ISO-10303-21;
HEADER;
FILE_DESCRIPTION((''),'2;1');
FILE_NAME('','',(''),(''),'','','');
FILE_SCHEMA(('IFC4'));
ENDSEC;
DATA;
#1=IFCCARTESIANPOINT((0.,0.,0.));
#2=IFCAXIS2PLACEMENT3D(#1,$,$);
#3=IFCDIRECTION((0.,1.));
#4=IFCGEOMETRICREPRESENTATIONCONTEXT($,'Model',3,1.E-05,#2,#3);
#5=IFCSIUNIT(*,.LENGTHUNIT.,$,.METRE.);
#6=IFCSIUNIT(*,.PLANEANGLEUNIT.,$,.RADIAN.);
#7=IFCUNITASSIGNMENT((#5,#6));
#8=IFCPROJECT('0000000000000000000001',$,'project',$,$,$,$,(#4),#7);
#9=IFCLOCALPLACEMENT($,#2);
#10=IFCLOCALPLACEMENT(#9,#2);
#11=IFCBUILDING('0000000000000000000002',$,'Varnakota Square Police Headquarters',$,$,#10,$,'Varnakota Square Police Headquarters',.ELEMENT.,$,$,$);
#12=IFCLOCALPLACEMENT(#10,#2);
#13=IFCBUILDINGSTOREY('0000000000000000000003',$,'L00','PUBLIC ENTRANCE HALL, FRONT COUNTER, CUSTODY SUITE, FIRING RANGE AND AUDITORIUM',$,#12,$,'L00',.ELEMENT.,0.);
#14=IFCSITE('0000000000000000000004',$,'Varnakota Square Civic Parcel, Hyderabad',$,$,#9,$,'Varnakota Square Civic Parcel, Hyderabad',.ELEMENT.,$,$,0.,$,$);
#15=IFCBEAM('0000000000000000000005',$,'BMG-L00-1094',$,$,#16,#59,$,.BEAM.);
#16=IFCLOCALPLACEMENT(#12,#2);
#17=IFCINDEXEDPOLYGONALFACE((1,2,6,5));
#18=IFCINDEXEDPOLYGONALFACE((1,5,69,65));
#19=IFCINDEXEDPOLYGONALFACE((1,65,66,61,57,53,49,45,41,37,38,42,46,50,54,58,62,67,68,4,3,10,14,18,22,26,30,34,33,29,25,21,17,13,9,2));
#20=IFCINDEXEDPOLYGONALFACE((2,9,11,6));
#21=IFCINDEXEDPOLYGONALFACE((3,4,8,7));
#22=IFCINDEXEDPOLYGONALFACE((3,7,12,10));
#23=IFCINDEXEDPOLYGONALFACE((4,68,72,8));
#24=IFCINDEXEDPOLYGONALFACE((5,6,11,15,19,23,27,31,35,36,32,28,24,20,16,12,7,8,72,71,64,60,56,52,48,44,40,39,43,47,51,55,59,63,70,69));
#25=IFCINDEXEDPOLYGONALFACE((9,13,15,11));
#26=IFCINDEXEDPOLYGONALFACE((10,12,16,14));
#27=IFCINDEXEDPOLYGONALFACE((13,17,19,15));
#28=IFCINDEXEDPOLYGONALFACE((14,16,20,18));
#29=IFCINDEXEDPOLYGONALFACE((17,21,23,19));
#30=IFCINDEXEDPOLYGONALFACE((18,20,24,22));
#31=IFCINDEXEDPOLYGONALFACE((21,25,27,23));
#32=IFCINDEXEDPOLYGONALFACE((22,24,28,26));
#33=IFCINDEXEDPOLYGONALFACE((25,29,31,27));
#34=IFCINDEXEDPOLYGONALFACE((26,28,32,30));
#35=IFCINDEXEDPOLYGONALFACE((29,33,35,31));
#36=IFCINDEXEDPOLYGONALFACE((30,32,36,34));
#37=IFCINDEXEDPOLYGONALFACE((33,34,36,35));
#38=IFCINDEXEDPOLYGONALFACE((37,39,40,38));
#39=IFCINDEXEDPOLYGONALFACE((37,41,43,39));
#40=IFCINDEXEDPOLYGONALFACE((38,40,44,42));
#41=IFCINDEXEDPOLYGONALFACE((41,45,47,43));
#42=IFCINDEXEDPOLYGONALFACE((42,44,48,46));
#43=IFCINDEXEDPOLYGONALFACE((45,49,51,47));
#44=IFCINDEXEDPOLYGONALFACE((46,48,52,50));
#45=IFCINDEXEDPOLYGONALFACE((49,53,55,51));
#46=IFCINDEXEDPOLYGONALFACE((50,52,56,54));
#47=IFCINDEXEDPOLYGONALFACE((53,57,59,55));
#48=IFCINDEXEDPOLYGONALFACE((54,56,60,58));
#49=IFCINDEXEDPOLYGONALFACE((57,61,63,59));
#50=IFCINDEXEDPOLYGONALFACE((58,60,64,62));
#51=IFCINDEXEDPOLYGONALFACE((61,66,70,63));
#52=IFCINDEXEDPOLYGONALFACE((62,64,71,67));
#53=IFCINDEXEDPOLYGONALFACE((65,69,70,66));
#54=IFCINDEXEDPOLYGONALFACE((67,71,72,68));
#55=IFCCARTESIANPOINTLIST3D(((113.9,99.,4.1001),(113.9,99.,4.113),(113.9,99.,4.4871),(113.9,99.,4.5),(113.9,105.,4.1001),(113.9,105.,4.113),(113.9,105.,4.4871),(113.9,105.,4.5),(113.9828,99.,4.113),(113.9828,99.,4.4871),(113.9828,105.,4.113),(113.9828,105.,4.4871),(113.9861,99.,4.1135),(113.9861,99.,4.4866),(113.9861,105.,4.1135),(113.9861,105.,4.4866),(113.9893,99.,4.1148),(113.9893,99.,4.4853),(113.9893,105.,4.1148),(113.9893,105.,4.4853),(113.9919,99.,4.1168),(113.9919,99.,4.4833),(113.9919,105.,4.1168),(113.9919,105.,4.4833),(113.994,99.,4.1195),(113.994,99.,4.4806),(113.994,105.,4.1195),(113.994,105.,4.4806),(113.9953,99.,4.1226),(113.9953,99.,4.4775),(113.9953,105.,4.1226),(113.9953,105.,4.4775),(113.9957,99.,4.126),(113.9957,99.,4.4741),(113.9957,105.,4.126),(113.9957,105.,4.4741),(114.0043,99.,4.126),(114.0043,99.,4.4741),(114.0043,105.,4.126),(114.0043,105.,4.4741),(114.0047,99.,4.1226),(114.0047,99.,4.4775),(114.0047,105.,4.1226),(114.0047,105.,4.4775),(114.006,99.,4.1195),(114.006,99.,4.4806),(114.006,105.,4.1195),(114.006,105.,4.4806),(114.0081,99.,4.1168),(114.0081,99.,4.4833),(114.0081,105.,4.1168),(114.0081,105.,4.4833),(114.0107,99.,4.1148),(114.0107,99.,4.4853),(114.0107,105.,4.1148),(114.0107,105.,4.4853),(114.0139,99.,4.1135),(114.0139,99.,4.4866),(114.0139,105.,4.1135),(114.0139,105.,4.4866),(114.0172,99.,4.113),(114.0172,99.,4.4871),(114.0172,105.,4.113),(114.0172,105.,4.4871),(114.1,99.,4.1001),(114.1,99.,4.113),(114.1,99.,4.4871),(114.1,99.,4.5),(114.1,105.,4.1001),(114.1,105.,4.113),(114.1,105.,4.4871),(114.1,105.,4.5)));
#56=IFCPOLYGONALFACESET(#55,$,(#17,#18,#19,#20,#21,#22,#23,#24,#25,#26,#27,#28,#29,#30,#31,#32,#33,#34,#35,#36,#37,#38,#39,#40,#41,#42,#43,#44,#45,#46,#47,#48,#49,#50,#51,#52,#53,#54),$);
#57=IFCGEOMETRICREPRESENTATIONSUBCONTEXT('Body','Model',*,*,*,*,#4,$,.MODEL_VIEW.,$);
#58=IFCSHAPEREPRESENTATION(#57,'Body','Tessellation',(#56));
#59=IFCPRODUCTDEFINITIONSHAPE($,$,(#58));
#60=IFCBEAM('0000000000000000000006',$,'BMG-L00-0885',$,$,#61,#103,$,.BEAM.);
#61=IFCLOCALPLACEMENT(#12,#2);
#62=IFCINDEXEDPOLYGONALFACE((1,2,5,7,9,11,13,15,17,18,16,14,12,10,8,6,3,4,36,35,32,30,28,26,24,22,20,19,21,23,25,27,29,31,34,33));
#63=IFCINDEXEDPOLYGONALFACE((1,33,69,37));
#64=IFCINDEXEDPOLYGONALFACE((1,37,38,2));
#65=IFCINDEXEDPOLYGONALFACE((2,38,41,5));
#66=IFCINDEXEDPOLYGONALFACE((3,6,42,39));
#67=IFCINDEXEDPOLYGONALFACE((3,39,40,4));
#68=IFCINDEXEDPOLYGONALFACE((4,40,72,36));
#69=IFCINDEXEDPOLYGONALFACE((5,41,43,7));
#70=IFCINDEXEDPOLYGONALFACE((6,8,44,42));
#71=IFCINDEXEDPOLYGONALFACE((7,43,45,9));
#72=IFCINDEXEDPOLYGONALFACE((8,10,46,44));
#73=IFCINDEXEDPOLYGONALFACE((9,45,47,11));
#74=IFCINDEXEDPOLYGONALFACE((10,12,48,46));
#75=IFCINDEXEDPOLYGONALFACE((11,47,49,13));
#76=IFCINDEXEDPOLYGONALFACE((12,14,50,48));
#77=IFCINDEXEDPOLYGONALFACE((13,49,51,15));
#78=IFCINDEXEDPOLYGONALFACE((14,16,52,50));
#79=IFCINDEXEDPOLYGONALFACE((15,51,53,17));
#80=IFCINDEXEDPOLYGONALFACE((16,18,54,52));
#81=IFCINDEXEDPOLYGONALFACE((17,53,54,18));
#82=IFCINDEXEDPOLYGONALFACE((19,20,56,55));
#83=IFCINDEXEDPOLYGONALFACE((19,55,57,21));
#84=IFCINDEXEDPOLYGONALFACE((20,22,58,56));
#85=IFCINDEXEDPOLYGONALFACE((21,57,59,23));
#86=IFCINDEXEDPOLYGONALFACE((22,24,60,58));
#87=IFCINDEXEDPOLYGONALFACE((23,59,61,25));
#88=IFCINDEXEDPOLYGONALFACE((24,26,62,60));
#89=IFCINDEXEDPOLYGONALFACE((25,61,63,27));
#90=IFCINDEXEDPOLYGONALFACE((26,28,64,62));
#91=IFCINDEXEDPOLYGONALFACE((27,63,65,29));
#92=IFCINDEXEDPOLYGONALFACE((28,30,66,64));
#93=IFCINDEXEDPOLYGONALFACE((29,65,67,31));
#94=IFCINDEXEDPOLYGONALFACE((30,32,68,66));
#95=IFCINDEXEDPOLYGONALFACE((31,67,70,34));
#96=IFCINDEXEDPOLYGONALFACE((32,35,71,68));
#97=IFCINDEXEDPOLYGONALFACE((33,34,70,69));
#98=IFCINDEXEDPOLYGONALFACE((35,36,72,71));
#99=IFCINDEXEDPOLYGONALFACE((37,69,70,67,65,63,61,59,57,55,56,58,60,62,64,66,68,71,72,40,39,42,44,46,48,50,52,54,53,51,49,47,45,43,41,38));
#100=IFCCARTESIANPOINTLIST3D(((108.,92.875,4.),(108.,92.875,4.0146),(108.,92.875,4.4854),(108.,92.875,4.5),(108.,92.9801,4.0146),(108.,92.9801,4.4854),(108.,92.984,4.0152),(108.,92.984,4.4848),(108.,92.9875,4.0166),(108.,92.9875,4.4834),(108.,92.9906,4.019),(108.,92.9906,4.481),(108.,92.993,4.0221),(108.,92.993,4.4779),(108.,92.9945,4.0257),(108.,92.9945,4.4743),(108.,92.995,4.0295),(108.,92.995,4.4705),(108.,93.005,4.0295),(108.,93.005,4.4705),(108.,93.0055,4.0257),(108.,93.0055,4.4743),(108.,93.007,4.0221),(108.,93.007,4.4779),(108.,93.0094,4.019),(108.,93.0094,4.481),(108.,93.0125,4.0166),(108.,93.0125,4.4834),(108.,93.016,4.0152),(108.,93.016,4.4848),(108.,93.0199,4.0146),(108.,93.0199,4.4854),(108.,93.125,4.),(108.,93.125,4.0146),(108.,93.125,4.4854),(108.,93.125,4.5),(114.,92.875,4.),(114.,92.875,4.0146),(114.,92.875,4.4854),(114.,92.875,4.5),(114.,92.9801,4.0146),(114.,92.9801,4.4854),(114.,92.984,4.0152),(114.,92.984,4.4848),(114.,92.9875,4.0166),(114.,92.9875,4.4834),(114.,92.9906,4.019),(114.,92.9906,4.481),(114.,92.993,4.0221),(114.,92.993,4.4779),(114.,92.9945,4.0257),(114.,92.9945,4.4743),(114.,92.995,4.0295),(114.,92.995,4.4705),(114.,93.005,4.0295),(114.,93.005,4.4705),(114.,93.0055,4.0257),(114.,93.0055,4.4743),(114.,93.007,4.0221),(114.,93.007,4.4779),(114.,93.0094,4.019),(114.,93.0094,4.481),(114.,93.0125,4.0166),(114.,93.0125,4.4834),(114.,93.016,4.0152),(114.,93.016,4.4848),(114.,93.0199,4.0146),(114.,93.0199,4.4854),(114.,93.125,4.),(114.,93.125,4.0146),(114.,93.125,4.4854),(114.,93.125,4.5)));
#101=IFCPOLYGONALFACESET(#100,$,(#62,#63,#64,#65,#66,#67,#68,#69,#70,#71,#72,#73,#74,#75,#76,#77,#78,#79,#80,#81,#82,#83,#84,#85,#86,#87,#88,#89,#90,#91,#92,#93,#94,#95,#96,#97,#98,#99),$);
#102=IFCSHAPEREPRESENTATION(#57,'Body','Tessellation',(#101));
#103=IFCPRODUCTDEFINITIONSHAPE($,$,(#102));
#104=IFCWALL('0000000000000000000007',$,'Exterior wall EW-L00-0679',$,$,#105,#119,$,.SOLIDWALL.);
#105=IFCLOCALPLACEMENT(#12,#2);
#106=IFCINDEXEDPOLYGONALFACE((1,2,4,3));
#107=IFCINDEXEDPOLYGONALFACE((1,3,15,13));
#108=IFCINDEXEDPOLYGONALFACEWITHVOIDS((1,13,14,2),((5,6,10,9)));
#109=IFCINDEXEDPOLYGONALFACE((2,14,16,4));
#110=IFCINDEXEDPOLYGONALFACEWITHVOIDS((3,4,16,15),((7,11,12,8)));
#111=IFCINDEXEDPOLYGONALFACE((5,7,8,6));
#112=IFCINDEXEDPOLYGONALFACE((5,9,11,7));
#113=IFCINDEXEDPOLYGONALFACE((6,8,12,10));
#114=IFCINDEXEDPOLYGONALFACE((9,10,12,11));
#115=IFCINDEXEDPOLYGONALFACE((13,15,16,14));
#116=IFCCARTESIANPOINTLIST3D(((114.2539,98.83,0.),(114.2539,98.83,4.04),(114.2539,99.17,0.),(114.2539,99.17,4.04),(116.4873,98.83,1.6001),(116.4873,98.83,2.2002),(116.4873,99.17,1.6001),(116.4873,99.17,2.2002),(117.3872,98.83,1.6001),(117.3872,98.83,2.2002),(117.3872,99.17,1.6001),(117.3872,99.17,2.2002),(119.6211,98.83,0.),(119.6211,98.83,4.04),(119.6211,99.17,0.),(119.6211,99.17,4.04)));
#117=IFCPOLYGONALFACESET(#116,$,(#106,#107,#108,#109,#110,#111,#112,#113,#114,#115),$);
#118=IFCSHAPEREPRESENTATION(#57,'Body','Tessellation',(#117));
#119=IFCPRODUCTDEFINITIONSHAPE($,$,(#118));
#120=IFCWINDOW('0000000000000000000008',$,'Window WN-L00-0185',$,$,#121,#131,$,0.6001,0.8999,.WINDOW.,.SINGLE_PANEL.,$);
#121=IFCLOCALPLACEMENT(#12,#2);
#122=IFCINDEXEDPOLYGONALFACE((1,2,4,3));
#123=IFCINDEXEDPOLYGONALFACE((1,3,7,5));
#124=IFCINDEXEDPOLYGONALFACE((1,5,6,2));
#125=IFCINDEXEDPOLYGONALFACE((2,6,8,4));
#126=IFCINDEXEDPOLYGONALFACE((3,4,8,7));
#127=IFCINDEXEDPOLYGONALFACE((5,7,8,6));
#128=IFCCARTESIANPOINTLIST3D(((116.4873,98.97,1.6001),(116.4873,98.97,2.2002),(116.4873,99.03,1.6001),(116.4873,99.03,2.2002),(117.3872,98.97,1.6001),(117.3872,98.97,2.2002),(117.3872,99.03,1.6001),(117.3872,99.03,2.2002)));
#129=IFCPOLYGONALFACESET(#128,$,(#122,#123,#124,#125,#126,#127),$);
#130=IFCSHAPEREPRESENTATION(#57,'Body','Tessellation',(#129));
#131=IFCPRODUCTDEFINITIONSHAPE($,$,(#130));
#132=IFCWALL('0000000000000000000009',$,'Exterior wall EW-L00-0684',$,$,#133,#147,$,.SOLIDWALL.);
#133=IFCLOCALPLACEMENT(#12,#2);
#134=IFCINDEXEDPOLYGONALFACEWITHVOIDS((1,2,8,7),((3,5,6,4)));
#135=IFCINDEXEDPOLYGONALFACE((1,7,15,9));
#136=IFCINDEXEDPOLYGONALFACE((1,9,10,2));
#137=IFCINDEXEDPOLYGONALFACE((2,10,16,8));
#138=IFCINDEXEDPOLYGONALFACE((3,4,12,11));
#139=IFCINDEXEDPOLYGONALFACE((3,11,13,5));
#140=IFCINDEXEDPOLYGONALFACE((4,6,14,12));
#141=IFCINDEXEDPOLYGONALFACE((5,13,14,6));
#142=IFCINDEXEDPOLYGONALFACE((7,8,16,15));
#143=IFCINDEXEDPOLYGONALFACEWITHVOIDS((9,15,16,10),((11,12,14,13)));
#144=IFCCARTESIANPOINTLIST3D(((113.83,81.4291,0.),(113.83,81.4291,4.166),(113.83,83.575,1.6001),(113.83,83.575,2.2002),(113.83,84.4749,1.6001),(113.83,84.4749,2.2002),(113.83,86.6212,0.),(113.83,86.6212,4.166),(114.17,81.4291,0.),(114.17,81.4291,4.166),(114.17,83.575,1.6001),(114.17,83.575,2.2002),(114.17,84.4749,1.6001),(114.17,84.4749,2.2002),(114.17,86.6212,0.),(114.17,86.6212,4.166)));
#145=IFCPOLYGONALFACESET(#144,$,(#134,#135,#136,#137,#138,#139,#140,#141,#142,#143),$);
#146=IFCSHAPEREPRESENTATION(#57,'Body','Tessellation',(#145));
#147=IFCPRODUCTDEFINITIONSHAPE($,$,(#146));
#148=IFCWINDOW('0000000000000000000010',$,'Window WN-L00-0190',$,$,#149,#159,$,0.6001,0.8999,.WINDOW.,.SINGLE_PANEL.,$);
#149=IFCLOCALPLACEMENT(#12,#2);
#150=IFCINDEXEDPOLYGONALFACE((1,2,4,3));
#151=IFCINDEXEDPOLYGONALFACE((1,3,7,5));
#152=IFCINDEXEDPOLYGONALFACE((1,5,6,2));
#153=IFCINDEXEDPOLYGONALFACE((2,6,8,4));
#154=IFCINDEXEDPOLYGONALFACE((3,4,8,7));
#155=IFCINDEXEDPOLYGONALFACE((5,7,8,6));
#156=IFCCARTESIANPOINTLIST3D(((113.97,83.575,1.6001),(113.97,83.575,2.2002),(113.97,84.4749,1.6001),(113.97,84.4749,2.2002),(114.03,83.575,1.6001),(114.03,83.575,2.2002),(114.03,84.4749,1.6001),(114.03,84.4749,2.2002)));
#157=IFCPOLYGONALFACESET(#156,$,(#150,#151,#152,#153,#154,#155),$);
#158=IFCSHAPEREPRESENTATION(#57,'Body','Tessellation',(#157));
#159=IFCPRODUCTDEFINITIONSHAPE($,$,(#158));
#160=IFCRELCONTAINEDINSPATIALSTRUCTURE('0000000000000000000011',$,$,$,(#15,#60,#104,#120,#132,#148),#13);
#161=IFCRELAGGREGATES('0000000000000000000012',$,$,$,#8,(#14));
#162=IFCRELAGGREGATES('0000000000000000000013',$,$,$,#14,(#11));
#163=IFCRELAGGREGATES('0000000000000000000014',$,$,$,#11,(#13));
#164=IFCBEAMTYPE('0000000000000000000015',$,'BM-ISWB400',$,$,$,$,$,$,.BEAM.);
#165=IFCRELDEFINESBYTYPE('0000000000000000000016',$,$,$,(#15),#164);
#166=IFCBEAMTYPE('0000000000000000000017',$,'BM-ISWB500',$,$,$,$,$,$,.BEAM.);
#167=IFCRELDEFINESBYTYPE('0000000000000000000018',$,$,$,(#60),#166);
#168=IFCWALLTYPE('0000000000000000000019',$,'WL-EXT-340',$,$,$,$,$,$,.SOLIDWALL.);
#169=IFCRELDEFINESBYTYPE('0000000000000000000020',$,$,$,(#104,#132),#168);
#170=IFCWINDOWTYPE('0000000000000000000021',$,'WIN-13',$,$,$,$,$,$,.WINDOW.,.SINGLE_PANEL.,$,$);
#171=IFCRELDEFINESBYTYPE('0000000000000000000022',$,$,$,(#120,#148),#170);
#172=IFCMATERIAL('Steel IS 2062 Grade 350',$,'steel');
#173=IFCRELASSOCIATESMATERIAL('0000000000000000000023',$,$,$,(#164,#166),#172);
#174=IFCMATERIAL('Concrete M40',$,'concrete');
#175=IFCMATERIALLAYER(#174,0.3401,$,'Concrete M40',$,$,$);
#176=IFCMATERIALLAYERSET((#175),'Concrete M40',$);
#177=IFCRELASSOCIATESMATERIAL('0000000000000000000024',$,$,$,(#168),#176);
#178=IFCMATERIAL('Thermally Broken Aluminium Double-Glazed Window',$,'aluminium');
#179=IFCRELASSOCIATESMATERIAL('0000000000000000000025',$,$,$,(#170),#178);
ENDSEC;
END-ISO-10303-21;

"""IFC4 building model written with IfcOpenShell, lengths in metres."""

from ifc_helpers import new_model, si_unit, direction, frame, frame_2d, origin, origin_2d, place, context, subcontext, project, spatial, rectangle, i_section, extrude, material, layer, layer_set, material_profile, profile_set, type_object, element, fill, save


model = new_model("IFC4")

# Units and contexts
model_context = context("Model", 3, precision=1e-05, world=origin(), true_north=direction((0.0, 1.0)))
body_context = subcontext(model_context, "Body", "Model", "MODEL_VIEW")
ifc_project = project(units=[si_unit("LENGTHUNIT", "METRE"), si_unit("PLANEANGLEUNIT", "RADIAN")], contexts=[model_context])

# Site, building, storey
site_placement = place(None, origin())
site = spatial("IfcSite", under=ifc_project, at=site_placement, Name="Varnakota Square Civic Parcel, Hyderabad", LongName="Varnakota Square Civic Parcel, Hyderabad", CompositionType="ELEMENT", RefElevation=0.0)
building_placement = place(site_placement, origin())
building = spatial("IfcBuilding", under=site, at=building_placement, Name="Varnakota Square Police Headquarters", LongName="Varnakota Square Police Headquarters", CompositionType="ELEMENT")
storey_placement = place(building_placement, origin())
storey = spatial("IfcBuildingStorey", under=building, at=storey_placement, Name="L00", Description="PUBLIC ENTRANCE HALL, FRONT COUNTER, CUSTODY SUITE, FIRING RANGE AND AUDITORIUM", LongName="L00", CompositionType="ELEMENT", Elevation=0.0)

# Beams
ifc_material_1 = material(Name="Steel IS 2062 Grade 350", Category="steel")
ifc_material_profile_1 = material_profile(ifc_material_1, i_section(OverallWidth=0.2, OverallDepth=0.3999, WebThickness=0.0085, FlangeThickness=0.0129, FilletRadius=0.0129, at=origin_2d()), Name="ISWB 400")
ifc_profile_set_1 = profile_set([ifc_material_profile_1], Name="Steel IS 2062 Grade 350")
beam_type_1 = type_object("IfcBeamType", Name="BM-ISWB400", PredefinedType="BEAM", material=ifc_profile_set_1)
for number, where, z_axis, x_axis, name in (
    (1, (114.0, 99.0, 4.3), (0.0, 1.0, 0.0), (-1.0, 0.0, 0.0), "BMG-L00-1094"),
):
    element("IfcBeam", number, at=place(storey_placement, frame(where, z_axis=z_axis, x_axis=x_axis)), inside=storey, type_object=beam_type_1, Name=name, PredefinedType="BEAM", context=body_context, shape_type="SweptSolid", body=[
        extrude(i_section(OverallWidth=0.2, OverallDepth=0.3999, WebThickness=0.0085, FlangeThickness=0.0129, FilletRadius=0.0129, at=origin_2d()), origin(), (0.0, 0.0, 1.0), 6.0),
    ])
ifc_material_profile_2 = material_profile(ifc_material_1, i_section(OverallWidth=0.25, OverallDepth=0.5, WebThickness=0.01, FlangeThickness=0.0146, FilletRadius=0.0149, at=origin_2d()), Name="ISWB 500")
ifc_profile_set_2 = profile_set([ifc_material_profile_2], Name="Steel IS 2062 Grade 350")
beam_type_2 = type_object("IfcBeamType", Name="BM-ISWB500", PredefinedType="BEAM", material=ifc_profile_set_2)
beam_1_placement = place(storey_placement, frame((108.0, 93.0, 4.25), z_axis=(1.0, 0.0, 0.0), x_axis=(0.0, 1.0, 0.0)))
element("IfcBeam", 2, at=beam_1_placement, inside=storey, type_object=beam_type_2, Name="BMG-L00-0885", PredefinedType="BEAM", context=body_context, shape_type="SweptSolid", body=[
    extrude(i_section(OverallWidth=0.25, OverallDepth=0.5, WebThickness=0.01, FlangeThickness=0.0146, FilletRadius=0.0149, at=origin_2d()), origin(), (0.0, 0.0, 1.0), 6.0),
])

# Walls, openings, windows
ifc_material_2 = material(Name="Concrete M40", Category="concrete")
ifc_layer = layer(ifc_material_2, 0.3401, Name="Concrete M40")
ifc_layer_set = layer_set([ifc_layer], Name="Concrete M40")
wall_type = type_object("IfcWallType", Name="WL-EXT-340", PredefinedType="SOLIDWALL", material=ifc_layer_set)
wall_1_placement = place(storey_placement, frame((114.2539, 99.0, 0.0), z_axis=(0.0, 0.0, 1.0), x_axis=(1.0, 0.0, 0.0)))
wall_1 = element("IfcWall", 3, at=wall_1_placement, inside=storey, type_object=wall_type, Name="Exterior wall EW-L00-0679", PredefinedType="SOLIDWALL", context=body_context, shape_type="SweptSolid", body=[
    extrude(rectangle(XDim=5.3672, YDim=0.3401, at=frame_2d((2.6836, 0.0))), origin(), (0.0, 0.0, 1.0), 4.04),
])
opening_1_placement = place(wall_1_placement, frame((2.2334, 0.0, 1.6001)))
opening_1 = element("IfcOpeningElement", 4, at=opening_1_placement, cuts=wall_1, PredefinedType="OPENING", context=body_context, shape_type="SweptSolid", body=[
    extrude(rectangle(XDim=0.8999, YDim=0.6001, at=frame_2d((0.45, 0.3))), frame((0.0, 0.1799, 0.0), z_axis=(0.0, -1.0, 0.0), x_axis=(1.0, 0.0, 0.0)), (0.0, 0.0, 1.0), 0.3601),
])
ifc_material_3 = material(Name="Thermally Broken Aluminium Double-Glazed Window", Category="aluminium")
window_type = type_object("IfcWindowType", Name="WIN-13", PartitioningType="SINGLE_PANEL", PredefinedType="WINDOW", material=ifc_material_3)
window_1_placement = place(opening_1_placement, origin())
window_1 = element("IfcWindow", 5, at=window_1_placement, inside=storey, type_object=window_type, Name="Window WN-L00-0185", OverallHeight=0.6001, OverallWidth=0.8999, PartitioningType="SINGLE_PANEL", PredefinedType="WINDOW", context=body_context, shape_type="SweptSolid", body=[
    extrude(rectangle(XDim=0.8999, YDim=0.6001, at=frame_2d((0.45, 0.3))), frame((0.0, 0.03, 0.0), z_axis=(0.0, -1.0, 0.0), x_axis=(1.0, 0.0, 0.0)), (0.0, 0.0, 1.0), 0.0601),
])
fill(opening_1, window_1)
wall_2_placement = place(storey_placement, frame((114.0, 81.429, 0.0), z_axis=(0.0, 0.0, 1.0), x_axis=(0.0, 1.0, 0.0)))
wall_2 = element("IfcWall", 6, at=wall_2_placement, inside=storey, type_object=wall_type, Name="Exterior wall EW-L00-0684", PredefinedType="SOLIDWALL", context=body_context, shape_type="SweptSolid", body=[
    extrude(rectangle(XDim=5.1921, YDim=0.3401, at=frame_2d((2.5962, 0.0))), origin(), (0.0, 0.0, 1.0), 4.166),
])
opening_2_placement = place(wall_2_placement, frame((2.146, 0.0, 1.6001)))
opening_2 = element("IfcOpeningElement", 7, at=opening_2_placement, cuts=wall_2, PredefinedType="OPENING", context=body_context, shape_type="SweptSolid", body=[
    extrude(rectangle(XDim=0.8999, YDim=0.6001, at=frame_2d((0.45, 0.3))), frame((0.0, 0.1799, 0.0), z_axis=(0.0, -1.0, 0.0), x_axis=(1.0, 0.0, 0.0)), (0.0, 0.0, 1.0), 0.3601),
])
window_2_placement = place(opening_2_placement, origin())
window_2 = element("IfcWindow", 8, at=window_2_placement, inside=storey, type_object=window_type, Name="Window WN-L00-0190", OverallHeight=0.6001, OverallWidth=0.8999, PartitioningType="SINGLE_PANEL", PredefinedType="WINDOW", context=body_context, shape_type="SweptSolid", body=[
    extrude(rectangle(XDim=0.8999, YDim=0.6001, at=frame_2d((0.45, 0.3))), frame((0.0, 0.03, 0.0), z_axis=(0.0, -1.0, 0.0), x_axis=(1.0, 0.0, 0.0)), (0.0, 0.0, 1.0), 0.0601),
])
fill(opening_2, window_2)

save(model, "model.ifc")
